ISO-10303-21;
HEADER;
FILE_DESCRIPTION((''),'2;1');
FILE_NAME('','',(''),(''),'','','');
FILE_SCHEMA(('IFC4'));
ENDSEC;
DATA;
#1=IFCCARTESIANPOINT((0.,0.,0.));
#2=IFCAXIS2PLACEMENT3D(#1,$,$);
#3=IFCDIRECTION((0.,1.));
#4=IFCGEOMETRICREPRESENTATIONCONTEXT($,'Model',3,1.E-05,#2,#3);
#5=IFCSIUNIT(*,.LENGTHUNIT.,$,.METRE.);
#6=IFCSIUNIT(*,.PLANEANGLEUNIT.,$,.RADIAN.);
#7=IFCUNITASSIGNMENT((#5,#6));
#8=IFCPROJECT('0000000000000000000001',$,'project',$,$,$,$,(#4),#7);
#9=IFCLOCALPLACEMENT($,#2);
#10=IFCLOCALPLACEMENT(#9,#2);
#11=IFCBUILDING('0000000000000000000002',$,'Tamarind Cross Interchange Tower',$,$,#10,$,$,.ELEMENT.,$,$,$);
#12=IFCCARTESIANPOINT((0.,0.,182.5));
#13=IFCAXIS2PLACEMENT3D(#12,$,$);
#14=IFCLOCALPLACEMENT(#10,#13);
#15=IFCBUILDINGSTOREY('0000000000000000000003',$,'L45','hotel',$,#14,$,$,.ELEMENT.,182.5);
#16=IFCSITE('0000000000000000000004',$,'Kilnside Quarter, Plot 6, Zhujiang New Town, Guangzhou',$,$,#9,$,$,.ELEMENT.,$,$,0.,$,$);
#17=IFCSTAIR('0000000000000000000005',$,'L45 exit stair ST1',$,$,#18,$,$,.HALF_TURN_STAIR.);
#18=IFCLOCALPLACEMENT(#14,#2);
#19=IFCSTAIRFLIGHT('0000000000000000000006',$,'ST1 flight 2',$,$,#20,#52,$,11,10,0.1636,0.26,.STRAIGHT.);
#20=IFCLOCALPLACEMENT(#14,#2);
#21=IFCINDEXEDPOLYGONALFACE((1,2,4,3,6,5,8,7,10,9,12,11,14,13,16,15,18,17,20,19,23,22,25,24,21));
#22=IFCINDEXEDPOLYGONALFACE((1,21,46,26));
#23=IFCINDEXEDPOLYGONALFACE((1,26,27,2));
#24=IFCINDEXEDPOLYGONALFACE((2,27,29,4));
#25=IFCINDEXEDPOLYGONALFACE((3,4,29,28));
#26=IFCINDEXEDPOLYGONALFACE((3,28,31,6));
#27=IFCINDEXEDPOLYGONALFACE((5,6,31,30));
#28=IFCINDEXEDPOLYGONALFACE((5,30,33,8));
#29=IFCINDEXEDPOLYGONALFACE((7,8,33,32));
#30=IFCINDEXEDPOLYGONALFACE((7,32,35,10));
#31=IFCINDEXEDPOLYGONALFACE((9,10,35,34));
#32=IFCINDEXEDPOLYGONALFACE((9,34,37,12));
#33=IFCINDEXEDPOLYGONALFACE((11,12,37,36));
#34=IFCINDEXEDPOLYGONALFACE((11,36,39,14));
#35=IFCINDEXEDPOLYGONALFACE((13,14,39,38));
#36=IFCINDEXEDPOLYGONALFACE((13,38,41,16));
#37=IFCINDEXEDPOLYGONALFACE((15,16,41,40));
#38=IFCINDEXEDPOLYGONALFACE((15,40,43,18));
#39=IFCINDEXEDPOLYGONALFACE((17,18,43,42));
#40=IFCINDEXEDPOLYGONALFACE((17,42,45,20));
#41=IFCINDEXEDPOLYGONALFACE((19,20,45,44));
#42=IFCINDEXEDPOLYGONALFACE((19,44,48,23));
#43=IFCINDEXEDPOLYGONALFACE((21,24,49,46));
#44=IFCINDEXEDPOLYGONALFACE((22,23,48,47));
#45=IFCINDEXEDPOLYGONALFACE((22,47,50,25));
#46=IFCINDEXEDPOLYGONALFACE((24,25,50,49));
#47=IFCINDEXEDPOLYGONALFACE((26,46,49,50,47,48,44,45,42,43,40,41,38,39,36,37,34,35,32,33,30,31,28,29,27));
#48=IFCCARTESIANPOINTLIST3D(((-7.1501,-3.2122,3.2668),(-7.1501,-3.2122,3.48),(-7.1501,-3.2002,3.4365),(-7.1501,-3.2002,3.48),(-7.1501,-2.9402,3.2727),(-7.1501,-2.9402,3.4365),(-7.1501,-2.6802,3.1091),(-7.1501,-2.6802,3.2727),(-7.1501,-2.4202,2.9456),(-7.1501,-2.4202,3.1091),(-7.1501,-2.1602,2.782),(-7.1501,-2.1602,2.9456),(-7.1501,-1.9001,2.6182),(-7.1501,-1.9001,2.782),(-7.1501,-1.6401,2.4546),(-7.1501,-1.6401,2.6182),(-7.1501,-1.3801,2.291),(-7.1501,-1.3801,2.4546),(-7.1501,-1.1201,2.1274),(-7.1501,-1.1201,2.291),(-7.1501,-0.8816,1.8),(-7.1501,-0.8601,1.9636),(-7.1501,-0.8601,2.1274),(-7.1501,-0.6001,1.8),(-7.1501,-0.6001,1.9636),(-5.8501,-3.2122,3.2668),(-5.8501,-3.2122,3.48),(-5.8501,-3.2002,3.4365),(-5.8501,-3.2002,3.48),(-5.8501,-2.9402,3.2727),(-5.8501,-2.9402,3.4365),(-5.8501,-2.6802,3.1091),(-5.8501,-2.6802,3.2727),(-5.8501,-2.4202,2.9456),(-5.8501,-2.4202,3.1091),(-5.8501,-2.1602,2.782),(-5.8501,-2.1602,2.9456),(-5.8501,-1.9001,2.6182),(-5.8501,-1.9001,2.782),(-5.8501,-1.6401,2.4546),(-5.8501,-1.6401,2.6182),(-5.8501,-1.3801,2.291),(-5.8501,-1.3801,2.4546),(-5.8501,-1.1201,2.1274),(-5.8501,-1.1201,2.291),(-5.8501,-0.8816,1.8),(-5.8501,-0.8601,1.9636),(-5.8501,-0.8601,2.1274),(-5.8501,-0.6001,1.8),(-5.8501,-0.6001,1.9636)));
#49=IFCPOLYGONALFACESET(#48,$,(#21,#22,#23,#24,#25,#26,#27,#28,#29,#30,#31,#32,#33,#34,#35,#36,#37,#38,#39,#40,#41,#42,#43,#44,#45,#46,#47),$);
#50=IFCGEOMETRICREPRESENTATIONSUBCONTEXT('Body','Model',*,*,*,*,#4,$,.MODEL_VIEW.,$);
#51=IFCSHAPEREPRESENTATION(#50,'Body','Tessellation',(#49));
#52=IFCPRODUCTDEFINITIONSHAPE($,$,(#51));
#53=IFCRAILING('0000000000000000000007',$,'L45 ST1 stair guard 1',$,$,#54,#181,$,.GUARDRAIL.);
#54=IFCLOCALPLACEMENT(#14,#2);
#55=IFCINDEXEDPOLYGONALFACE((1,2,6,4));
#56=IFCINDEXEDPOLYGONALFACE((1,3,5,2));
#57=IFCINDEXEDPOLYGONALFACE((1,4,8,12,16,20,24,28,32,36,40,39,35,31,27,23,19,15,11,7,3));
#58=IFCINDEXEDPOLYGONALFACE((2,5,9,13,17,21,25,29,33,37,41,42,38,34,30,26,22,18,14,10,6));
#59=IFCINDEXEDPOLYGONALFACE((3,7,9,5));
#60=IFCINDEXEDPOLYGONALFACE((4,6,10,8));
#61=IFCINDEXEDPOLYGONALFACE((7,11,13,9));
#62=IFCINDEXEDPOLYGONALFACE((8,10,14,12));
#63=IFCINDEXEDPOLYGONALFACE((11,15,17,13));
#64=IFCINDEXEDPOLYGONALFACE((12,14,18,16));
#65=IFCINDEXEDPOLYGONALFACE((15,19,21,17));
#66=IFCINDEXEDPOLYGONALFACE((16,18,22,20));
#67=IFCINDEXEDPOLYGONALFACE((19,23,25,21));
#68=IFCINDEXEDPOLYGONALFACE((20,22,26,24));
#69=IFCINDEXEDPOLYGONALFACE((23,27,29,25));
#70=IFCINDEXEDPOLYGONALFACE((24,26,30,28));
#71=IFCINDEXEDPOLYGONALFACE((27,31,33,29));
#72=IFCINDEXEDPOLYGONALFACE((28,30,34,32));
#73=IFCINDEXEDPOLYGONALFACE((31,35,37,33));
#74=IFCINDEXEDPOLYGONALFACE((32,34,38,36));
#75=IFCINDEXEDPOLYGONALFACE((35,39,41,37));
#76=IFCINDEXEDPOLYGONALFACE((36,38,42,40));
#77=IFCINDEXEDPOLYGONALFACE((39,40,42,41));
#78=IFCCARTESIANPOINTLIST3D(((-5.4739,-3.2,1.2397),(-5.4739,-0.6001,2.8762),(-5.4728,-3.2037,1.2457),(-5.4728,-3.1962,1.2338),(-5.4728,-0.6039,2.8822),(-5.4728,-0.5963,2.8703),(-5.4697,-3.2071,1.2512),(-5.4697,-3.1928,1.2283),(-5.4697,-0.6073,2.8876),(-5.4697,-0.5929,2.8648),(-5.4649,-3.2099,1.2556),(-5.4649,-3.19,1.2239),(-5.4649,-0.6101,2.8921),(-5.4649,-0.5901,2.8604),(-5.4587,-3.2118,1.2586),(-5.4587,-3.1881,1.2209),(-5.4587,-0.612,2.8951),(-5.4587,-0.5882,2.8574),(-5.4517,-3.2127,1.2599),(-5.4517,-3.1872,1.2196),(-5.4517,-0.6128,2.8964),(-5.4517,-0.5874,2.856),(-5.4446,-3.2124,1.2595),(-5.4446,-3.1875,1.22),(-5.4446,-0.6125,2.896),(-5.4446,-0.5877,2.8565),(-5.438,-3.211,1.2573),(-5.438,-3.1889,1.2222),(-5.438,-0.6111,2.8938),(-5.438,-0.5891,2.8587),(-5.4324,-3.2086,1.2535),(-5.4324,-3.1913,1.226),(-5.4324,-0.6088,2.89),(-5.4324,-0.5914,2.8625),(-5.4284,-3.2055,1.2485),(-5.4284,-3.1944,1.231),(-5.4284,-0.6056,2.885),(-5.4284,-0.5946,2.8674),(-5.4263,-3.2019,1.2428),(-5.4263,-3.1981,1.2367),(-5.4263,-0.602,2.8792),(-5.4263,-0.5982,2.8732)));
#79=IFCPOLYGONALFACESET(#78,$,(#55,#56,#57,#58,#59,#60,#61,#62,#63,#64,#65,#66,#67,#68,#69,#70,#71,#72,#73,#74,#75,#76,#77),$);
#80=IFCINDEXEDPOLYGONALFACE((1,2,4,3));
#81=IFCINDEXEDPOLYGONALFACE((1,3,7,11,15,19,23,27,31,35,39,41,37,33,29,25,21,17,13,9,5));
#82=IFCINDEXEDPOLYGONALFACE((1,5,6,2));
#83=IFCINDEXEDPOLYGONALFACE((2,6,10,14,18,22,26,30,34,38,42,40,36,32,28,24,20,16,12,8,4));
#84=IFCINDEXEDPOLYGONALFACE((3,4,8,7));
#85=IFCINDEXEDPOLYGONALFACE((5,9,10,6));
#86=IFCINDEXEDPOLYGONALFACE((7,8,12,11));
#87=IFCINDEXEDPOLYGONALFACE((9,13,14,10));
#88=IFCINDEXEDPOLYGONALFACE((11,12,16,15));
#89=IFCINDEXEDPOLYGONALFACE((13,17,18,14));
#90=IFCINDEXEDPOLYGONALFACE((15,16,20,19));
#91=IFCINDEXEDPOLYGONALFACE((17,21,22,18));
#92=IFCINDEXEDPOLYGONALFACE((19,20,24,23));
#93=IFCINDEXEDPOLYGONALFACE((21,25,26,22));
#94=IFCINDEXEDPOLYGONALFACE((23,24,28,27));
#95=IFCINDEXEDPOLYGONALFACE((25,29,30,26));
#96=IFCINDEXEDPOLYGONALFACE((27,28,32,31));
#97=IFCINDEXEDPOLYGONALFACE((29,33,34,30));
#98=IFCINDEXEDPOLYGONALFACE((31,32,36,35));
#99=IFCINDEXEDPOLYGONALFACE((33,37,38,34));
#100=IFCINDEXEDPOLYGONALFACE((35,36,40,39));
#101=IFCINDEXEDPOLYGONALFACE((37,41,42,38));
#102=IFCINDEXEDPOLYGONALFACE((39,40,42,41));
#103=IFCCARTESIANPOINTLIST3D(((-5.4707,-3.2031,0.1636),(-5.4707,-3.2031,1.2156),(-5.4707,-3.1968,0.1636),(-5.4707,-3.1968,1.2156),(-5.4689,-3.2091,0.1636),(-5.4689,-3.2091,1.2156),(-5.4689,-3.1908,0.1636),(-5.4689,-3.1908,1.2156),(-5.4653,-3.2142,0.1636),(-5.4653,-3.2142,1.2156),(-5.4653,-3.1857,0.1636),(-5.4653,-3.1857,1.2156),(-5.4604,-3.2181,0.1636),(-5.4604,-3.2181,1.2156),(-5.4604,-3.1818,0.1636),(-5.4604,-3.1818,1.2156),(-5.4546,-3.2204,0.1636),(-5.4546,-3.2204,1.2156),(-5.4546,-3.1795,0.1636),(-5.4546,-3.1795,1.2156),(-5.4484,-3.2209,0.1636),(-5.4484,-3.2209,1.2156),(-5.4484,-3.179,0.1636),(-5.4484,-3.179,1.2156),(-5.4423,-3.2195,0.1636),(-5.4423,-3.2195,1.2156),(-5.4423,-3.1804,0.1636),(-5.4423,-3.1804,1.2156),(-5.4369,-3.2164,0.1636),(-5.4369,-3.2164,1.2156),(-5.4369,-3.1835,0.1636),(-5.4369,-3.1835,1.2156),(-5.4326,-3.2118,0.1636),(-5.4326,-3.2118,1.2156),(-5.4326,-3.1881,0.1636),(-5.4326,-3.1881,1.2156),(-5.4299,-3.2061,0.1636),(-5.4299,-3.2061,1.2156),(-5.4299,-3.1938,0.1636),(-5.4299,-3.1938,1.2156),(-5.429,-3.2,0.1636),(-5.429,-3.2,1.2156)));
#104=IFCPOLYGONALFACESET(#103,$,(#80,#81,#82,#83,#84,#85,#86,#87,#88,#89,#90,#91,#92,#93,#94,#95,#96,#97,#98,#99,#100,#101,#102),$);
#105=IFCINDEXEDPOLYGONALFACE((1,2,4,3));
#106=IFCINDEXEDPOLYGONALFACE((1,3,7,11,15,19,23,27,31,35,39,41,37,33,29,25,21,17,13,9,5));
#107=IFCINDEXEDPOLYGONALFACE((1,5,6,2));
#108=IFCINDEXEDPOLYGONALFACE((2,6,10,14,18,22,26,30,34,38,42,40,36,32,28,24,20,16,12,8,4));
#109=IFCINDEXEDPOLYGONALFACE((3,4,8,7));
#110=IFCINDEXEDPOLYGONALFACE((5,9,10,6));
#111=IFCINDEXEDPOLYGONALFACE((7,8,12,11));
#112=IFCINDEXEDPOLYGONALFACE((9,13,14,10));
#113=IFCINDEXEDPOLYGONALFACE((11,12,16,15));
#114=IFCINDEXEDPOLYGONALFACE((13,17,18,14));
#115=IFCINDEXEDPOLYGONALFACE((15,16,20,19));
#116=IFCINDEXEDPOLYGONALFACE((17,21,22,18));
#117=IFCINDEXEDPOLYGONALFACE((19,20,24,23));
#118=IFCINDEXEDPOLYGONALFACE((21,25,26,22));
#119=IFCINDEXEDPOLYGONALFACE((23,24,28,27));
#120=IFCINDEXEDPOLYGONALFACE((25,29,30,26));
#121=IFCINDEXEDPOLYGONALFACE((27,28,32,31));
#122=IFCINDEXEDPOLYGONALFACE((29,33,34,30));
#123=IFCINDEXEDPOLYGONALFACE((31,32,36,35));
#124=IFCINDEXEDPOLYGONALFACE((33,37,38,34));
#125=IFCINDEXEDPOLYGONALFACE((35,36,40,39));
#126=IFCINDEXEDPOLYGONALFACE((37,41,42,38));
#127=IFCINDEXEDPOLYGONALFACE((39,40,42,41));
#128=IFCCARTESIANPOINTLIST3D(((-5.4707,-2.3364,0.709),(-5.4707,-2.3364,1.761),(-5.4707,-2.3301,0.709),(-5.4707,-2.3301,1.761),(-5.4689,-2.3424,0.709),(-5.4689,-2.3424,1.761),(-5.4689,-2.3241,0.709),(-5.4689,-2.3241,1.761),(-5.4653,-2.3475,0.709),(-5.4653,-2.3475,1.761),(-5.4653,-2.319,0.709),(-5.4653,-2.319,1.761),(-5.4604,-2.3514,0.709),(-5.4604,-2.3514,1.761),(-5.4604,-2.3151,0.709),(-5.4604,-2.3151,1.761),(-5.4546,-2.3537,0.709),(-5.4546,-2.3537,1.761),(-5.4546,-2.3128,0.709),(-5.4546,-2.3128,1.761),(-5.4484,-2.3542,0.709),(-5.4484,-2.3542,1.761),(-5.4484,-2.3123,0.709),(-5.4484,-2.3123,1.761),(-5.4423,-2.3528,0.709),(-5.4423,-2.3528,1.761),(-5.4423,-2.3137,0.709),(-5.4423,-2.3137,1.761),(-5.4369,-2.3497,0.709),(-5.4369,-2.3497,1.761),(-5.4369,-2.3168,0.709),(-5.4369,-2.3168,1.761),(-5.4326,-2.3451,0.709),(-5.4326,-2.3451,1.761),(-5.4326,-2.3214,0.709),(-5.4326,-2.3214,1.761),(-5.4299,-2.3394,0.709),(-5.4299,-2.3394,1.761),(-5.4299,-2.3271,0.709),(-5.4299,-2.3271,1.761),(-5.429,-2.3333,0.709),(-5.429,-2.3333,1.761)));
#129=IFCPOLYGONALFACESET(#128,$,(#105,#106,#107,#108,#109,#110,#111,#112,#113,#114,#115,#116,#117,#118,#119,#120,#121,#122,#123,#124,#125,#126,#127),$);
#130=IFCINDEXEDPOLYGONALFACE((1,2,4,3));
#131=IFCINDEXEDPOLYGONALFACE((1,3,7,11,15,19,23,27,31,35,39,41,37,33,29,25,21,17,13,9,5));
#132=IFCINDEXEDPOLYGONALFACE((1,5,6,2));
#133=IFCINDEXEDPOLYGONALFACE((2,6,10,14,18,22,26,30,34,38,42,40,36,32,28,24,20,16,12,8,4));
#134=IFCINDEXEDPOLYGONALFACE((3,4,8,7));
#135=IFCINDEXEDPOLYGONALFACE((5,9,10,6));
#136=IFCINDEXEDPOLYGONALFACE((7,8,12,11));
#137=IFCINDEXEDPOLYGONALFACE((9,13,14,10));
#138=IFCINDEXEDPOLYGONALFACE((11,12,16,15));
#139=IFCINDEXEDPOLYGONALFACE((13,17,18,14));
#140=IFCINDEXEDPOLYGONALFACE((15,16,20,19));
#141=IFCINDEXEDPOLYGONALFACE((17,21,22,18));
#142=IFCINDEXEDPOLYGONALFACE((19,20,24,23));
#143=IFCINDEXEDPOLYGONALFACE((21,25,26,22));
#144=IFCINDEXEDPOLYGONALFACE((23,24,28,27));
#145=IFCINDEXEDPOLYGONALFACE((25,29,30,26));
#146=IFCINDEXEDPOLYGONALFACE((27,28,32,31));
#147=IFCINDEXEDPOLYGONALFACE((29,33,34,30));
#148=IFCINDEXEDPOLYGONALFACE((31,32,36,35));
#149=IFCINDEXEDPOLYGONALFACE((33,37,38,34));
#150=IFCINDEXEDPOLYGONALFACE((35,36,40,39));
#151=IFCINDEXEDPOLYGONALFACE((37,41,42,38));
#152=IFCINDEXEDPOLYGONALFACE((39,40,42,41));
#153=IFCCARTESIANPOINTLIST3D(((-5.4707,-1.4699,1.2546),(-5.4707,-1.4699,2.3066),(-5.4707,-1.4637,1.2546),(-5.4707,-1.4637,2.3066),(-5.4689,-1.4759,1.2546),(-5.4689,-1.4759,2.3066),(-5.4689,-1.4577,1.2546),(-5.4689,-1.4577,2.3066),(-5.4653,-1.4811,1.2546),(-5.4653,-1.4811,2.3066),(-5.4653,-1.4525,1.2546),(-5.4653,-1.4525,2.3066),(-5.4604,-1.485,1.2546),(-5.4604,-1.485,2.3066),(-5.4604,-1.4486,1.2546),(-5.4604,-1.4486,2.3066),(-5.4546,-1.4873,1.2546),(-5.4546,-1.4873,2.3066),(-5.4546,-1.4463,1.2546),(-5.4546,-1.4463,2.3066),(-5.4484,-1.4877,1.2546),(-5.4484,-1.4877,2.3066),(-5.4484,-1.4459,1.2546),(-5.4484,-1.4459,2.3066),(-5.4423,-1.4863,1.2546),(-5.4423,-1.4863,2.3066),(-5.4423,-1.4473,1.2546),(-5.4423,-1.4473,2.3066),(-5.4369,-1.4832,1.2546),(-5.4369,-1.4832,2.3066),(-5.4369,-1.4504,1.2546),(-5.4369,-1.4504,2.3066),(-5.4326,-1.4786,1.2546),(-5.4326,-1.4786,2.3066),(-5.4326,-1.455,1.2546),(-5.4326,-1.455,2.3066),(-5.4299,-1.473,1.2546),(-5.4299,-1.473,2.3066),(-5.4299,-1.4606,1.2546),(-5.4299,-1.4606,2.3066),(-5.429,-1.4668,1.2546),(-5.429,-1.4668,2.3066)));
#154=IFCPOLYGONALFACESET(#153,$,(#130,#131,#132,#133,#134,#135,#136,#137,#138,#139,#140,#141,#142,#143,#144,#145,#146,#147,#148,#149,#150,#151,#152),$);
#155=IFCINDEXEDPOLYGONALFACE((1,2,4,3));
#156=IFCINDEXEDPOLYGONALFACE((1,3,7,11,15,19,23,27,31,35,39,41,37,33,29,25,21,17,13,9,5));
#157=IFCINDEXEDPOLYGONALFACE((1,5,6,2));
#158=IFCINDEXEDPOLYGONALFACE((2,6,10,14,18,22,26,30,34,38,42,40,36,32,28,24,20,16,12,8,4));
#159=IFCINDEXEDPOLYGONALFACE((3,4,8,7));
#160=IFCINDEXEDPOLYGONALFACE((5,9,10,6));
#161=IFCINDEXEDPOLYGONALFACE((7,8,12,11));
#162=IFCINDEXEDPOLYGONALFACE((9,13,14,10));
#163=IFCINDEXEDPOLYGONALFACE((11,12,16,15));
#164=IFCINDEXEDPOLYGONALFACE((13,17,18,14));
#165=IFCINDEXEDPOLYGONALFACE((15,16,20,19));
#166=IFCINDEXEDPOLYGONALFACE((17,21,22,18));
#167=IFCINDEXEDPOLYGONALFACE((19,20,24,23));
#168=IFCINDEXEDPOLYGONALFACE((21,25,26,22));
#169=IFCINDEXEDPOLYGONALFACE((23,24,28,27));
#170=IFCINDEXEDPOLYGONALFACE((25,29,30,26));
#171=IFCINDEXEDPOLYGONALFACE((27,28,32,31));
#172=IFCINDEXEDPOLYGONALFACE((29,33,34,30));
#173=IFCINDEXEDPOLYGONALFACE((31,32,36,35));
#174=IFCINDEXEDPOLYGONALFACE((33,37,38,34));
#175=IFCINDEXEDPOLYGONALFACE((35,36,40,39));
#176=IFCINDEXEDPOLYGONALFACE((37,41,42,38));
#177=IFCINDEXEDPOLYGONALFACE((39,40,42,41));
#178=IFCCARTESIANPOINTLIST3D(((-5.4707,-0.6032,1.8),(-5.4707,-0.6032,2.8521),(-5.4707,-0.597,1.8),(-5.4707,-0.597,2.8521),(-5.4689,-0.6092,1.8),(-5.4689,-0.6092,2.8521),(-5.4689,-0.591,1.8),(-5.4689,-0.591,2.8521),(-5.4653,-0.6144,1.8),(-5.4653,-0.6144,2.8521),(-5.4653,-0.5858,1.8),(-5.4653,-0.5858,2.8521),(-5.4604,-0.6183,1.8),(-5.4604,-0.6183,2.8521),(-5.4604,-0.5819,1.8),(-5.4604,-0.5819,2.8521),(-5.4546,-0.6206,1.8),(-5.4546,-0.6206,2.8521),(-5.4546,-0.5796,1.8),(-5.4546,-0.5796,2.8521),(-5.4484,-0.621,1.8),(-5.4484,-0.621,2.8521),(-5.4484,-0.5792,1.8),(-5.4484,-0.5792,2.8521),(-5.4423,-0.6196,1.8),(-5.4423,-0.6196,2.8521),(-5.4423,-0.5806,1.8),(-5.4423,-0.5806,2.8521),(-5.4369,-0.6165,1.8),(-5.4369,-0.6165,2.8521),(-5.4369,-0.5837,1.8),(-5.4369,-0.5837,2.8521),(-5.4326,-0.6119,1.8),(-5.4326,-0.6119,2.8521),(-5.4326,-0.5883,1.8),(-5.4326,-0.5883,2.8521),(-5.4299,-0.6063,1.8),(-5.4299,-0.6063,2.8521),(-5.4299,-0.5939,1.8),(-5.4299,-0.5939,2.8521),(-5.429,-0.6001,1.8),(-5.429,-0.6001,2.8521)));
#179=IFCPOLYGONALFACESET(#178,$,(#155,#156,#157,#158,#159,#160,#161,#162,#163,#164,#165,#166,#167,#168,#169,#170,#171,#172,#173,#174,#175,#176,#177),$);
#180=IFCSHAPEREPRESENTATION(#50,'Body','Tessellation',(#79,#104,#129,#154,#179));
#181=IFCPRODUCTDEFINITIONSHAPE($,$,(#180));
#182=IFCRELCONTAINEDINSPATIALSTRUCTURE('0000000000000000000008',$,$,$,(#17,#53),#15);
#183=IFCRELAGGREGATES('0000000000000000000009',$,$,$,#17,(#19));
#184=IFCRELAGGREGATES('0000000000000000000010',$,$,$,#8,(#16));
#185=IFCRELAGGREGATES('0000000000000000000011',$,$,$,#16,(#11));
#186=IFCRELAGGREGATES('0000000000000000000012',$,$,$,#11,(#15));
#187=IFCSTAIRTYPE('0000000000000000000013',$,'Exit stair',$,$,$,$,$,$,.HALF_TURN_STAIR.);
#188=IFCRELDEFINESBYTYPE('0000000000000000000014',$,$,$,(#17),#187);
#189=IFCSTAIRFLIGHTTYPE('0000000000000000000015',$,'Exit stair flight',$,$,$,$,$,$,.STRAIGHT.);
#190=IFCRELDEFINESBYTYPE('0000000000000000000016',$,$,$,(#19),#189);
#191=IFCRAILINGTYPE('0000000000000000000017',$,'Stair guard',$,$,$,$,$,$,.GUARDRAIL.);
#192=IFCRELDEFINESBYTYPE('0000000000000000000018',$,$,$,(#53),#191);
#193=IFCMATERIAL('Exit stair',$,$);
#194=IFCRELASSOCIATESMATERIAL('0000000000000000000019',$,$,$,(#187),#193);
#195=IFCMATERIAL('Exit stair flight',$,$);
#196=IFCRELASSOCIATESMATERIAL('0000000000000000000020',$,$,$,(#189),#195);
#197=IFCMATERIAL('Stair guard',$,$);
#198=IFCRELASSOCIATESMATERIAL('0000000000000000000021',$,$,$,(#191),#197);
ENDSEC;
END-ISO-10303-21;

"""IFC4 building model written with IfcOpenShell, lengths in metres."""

from ifc_helpers import new_model, si_unit, direction, frame, origin, origin_2d, place, context, subcontext, project, spatial, polyline, circle, outline, extrude, material, type_object, element, aggregate, save


model = new_model("IFC4")

# Units and contexts
model_context = context("Model", 3, precision=1e-05, world=origin(), true_north=direction((0.0, 1.0)))
body_context = subcontext(model_context, "Body", "Model", "MODEL_VIEW")
ifc_project = project(units=[si_unit("LENGTHUNIT", "METRE"), si_unit("PLANEANGLEUNIT", "RADIAN")], contexts=[model_context])

# Site, building, storey
site_placement = place(None, origin())
site = spatial("IfcSite", under=ifc_project, at=site_placement, Name="Kilnside Quarter, Plot 6, Zhujiang New Town, Guangzhou", CompositionType="ELEMENT", RefElevation=0.0)
building_placement = place(site_placement, origin())
building = spatial("IfcBuilding", under=site, at=building_placement, Name="Tamarind Cross Interchange Tower", CompositionType="ELEMENT")
storey_placement = place(building_placement, frame((0.0, 0.0, 182.5)))
storey = spatial("IfcBuildingStorey", under=building, at=storey_placement, Name="L45", Description="hotel", CompositionType="ELEMENT", Elevation=182.5)

# Stair, stair flight
ifc_material_1 = material(Name="Exit stair")
stair_type = type_object("IfcStairType", Name="Exit stair", PredefinedType="HALF_TURN_STAIR", material=ifc_material_1)
stair_placement = place(storey_placement, origin())
stair = element("IfcStair", 1, at=stair_placement, inside=storey, type_object=stair_type, Name="L45 exit stair ST1", PredefinedType="HALF_TURN_STAIR")
ifc_material_2 = material(Name="Exit stair flight")
stair_flight_type = type_object("IfcStairFlightType", Name="Exit stair flight", PredefinedType="STRAIGHT", material=ifc_material_2)
stair_flight_1_placement = place(storey_placement, frame((-6.5, -0.6001, 1.8), z_axis=(0.0, 0.0, 1.0), x_axis=(0.0, -1.0, 0.0)))
stair_flight_1 = element("IfcStairFlight", 2, at=stair_flight_1_placement, type_object=stair_flight_type, Name="ST1 flight 2", NumberOfRisers=11, NumberOfTreads=10, PredefinedType="STRAIGHT", RiserHeight=0.1636, TreadLength=0.26, context=body_context, shape_type="SweptSolid", body=[
    extrude(outline(polyline([(0.0, 0.0), (0.0, 0.1636), (0.26, 0.1636), (0.26, 0.3274), (0.52, 0.3274), (0.52, 0.491), (0.78, 0.491), (0.78, 0.6545), (1.04, 0.6545), (1.04, 0.8181), (1.3, 0.8181), (1.3, 0.9819), (1.5601, 0.9819), (1.5601, 1.1455), (1.8201, 1.1455), (1.8201, 1.3091), (2.0801, 1.3091), (2.0801, 1.4727), (2.3401, 1.4727), (2.3401, 1.6365), (2.6001, 1.6365), (2.6001, 1.6799), (2.6121, 1.6799), (2.6121, 1.4668), (0.2815, 0.0), (0.0, 0.0)])), frame((0.0, 0.6499, 0.0), z_axis=(0.0, -1.0, 0.0), x_axis=(1.0, 0.0, 0.0)), (0.0, 0.0, 1.0), 1.3),
])
aggregate(stair, [stair_flight_1])

# Railing
ifc_material_3 = material(Name="Stair guard")
railing_type_1 = type_object("IfcRailingType", Name="Stair guard", PredefinedType="GUARDRAIL", material=ifc_material_3)
railing_1_placement = place(storey_placement, frame((-5.45, -3.2, 0.1636)))
element("IfcRailing", 3, at=railing_1_placement, inside=storey, type_object=railing_type_1, Name="L45 ST1 stair guard 1", PredefinedType="GUARDRAIL", context=body_context, shape_type="SweptSolid", body=[
    extrude(circle(Radius=0.0239, at=origin_2d()), frame((0.0, 0.0, 1.0762), z_axis=(0.0, 0.846302, 0.532704), x_axis=(-1.0, 0.0, 0.0)), (0.0, 0.0, 1.0), 3.072),
    extrude(circle(Radius=0.021, at=origin_2d()), origin(), (0.0, 0.0, 1.0), 1.052),
    extrude(circle(Radius=0.021, at=origin_2d()), frame((0.0, 0.8667, 0.5454)), (0.0, 0.0, 1.0), 1.052),
    extrude(circle(Radius=0.021, at=origin_2d()), frame((0.0, 1.7332, 1.0911)), (0.0, 0.0, 1.0), 1.052),
    extrude(circle(Radius=0.021, at=origin_2d()), frame((0.0, 2.5999, 1.6365)), (0.0, 0.0, 1.0), 1.052),
])

save(model, "model.ifc")
